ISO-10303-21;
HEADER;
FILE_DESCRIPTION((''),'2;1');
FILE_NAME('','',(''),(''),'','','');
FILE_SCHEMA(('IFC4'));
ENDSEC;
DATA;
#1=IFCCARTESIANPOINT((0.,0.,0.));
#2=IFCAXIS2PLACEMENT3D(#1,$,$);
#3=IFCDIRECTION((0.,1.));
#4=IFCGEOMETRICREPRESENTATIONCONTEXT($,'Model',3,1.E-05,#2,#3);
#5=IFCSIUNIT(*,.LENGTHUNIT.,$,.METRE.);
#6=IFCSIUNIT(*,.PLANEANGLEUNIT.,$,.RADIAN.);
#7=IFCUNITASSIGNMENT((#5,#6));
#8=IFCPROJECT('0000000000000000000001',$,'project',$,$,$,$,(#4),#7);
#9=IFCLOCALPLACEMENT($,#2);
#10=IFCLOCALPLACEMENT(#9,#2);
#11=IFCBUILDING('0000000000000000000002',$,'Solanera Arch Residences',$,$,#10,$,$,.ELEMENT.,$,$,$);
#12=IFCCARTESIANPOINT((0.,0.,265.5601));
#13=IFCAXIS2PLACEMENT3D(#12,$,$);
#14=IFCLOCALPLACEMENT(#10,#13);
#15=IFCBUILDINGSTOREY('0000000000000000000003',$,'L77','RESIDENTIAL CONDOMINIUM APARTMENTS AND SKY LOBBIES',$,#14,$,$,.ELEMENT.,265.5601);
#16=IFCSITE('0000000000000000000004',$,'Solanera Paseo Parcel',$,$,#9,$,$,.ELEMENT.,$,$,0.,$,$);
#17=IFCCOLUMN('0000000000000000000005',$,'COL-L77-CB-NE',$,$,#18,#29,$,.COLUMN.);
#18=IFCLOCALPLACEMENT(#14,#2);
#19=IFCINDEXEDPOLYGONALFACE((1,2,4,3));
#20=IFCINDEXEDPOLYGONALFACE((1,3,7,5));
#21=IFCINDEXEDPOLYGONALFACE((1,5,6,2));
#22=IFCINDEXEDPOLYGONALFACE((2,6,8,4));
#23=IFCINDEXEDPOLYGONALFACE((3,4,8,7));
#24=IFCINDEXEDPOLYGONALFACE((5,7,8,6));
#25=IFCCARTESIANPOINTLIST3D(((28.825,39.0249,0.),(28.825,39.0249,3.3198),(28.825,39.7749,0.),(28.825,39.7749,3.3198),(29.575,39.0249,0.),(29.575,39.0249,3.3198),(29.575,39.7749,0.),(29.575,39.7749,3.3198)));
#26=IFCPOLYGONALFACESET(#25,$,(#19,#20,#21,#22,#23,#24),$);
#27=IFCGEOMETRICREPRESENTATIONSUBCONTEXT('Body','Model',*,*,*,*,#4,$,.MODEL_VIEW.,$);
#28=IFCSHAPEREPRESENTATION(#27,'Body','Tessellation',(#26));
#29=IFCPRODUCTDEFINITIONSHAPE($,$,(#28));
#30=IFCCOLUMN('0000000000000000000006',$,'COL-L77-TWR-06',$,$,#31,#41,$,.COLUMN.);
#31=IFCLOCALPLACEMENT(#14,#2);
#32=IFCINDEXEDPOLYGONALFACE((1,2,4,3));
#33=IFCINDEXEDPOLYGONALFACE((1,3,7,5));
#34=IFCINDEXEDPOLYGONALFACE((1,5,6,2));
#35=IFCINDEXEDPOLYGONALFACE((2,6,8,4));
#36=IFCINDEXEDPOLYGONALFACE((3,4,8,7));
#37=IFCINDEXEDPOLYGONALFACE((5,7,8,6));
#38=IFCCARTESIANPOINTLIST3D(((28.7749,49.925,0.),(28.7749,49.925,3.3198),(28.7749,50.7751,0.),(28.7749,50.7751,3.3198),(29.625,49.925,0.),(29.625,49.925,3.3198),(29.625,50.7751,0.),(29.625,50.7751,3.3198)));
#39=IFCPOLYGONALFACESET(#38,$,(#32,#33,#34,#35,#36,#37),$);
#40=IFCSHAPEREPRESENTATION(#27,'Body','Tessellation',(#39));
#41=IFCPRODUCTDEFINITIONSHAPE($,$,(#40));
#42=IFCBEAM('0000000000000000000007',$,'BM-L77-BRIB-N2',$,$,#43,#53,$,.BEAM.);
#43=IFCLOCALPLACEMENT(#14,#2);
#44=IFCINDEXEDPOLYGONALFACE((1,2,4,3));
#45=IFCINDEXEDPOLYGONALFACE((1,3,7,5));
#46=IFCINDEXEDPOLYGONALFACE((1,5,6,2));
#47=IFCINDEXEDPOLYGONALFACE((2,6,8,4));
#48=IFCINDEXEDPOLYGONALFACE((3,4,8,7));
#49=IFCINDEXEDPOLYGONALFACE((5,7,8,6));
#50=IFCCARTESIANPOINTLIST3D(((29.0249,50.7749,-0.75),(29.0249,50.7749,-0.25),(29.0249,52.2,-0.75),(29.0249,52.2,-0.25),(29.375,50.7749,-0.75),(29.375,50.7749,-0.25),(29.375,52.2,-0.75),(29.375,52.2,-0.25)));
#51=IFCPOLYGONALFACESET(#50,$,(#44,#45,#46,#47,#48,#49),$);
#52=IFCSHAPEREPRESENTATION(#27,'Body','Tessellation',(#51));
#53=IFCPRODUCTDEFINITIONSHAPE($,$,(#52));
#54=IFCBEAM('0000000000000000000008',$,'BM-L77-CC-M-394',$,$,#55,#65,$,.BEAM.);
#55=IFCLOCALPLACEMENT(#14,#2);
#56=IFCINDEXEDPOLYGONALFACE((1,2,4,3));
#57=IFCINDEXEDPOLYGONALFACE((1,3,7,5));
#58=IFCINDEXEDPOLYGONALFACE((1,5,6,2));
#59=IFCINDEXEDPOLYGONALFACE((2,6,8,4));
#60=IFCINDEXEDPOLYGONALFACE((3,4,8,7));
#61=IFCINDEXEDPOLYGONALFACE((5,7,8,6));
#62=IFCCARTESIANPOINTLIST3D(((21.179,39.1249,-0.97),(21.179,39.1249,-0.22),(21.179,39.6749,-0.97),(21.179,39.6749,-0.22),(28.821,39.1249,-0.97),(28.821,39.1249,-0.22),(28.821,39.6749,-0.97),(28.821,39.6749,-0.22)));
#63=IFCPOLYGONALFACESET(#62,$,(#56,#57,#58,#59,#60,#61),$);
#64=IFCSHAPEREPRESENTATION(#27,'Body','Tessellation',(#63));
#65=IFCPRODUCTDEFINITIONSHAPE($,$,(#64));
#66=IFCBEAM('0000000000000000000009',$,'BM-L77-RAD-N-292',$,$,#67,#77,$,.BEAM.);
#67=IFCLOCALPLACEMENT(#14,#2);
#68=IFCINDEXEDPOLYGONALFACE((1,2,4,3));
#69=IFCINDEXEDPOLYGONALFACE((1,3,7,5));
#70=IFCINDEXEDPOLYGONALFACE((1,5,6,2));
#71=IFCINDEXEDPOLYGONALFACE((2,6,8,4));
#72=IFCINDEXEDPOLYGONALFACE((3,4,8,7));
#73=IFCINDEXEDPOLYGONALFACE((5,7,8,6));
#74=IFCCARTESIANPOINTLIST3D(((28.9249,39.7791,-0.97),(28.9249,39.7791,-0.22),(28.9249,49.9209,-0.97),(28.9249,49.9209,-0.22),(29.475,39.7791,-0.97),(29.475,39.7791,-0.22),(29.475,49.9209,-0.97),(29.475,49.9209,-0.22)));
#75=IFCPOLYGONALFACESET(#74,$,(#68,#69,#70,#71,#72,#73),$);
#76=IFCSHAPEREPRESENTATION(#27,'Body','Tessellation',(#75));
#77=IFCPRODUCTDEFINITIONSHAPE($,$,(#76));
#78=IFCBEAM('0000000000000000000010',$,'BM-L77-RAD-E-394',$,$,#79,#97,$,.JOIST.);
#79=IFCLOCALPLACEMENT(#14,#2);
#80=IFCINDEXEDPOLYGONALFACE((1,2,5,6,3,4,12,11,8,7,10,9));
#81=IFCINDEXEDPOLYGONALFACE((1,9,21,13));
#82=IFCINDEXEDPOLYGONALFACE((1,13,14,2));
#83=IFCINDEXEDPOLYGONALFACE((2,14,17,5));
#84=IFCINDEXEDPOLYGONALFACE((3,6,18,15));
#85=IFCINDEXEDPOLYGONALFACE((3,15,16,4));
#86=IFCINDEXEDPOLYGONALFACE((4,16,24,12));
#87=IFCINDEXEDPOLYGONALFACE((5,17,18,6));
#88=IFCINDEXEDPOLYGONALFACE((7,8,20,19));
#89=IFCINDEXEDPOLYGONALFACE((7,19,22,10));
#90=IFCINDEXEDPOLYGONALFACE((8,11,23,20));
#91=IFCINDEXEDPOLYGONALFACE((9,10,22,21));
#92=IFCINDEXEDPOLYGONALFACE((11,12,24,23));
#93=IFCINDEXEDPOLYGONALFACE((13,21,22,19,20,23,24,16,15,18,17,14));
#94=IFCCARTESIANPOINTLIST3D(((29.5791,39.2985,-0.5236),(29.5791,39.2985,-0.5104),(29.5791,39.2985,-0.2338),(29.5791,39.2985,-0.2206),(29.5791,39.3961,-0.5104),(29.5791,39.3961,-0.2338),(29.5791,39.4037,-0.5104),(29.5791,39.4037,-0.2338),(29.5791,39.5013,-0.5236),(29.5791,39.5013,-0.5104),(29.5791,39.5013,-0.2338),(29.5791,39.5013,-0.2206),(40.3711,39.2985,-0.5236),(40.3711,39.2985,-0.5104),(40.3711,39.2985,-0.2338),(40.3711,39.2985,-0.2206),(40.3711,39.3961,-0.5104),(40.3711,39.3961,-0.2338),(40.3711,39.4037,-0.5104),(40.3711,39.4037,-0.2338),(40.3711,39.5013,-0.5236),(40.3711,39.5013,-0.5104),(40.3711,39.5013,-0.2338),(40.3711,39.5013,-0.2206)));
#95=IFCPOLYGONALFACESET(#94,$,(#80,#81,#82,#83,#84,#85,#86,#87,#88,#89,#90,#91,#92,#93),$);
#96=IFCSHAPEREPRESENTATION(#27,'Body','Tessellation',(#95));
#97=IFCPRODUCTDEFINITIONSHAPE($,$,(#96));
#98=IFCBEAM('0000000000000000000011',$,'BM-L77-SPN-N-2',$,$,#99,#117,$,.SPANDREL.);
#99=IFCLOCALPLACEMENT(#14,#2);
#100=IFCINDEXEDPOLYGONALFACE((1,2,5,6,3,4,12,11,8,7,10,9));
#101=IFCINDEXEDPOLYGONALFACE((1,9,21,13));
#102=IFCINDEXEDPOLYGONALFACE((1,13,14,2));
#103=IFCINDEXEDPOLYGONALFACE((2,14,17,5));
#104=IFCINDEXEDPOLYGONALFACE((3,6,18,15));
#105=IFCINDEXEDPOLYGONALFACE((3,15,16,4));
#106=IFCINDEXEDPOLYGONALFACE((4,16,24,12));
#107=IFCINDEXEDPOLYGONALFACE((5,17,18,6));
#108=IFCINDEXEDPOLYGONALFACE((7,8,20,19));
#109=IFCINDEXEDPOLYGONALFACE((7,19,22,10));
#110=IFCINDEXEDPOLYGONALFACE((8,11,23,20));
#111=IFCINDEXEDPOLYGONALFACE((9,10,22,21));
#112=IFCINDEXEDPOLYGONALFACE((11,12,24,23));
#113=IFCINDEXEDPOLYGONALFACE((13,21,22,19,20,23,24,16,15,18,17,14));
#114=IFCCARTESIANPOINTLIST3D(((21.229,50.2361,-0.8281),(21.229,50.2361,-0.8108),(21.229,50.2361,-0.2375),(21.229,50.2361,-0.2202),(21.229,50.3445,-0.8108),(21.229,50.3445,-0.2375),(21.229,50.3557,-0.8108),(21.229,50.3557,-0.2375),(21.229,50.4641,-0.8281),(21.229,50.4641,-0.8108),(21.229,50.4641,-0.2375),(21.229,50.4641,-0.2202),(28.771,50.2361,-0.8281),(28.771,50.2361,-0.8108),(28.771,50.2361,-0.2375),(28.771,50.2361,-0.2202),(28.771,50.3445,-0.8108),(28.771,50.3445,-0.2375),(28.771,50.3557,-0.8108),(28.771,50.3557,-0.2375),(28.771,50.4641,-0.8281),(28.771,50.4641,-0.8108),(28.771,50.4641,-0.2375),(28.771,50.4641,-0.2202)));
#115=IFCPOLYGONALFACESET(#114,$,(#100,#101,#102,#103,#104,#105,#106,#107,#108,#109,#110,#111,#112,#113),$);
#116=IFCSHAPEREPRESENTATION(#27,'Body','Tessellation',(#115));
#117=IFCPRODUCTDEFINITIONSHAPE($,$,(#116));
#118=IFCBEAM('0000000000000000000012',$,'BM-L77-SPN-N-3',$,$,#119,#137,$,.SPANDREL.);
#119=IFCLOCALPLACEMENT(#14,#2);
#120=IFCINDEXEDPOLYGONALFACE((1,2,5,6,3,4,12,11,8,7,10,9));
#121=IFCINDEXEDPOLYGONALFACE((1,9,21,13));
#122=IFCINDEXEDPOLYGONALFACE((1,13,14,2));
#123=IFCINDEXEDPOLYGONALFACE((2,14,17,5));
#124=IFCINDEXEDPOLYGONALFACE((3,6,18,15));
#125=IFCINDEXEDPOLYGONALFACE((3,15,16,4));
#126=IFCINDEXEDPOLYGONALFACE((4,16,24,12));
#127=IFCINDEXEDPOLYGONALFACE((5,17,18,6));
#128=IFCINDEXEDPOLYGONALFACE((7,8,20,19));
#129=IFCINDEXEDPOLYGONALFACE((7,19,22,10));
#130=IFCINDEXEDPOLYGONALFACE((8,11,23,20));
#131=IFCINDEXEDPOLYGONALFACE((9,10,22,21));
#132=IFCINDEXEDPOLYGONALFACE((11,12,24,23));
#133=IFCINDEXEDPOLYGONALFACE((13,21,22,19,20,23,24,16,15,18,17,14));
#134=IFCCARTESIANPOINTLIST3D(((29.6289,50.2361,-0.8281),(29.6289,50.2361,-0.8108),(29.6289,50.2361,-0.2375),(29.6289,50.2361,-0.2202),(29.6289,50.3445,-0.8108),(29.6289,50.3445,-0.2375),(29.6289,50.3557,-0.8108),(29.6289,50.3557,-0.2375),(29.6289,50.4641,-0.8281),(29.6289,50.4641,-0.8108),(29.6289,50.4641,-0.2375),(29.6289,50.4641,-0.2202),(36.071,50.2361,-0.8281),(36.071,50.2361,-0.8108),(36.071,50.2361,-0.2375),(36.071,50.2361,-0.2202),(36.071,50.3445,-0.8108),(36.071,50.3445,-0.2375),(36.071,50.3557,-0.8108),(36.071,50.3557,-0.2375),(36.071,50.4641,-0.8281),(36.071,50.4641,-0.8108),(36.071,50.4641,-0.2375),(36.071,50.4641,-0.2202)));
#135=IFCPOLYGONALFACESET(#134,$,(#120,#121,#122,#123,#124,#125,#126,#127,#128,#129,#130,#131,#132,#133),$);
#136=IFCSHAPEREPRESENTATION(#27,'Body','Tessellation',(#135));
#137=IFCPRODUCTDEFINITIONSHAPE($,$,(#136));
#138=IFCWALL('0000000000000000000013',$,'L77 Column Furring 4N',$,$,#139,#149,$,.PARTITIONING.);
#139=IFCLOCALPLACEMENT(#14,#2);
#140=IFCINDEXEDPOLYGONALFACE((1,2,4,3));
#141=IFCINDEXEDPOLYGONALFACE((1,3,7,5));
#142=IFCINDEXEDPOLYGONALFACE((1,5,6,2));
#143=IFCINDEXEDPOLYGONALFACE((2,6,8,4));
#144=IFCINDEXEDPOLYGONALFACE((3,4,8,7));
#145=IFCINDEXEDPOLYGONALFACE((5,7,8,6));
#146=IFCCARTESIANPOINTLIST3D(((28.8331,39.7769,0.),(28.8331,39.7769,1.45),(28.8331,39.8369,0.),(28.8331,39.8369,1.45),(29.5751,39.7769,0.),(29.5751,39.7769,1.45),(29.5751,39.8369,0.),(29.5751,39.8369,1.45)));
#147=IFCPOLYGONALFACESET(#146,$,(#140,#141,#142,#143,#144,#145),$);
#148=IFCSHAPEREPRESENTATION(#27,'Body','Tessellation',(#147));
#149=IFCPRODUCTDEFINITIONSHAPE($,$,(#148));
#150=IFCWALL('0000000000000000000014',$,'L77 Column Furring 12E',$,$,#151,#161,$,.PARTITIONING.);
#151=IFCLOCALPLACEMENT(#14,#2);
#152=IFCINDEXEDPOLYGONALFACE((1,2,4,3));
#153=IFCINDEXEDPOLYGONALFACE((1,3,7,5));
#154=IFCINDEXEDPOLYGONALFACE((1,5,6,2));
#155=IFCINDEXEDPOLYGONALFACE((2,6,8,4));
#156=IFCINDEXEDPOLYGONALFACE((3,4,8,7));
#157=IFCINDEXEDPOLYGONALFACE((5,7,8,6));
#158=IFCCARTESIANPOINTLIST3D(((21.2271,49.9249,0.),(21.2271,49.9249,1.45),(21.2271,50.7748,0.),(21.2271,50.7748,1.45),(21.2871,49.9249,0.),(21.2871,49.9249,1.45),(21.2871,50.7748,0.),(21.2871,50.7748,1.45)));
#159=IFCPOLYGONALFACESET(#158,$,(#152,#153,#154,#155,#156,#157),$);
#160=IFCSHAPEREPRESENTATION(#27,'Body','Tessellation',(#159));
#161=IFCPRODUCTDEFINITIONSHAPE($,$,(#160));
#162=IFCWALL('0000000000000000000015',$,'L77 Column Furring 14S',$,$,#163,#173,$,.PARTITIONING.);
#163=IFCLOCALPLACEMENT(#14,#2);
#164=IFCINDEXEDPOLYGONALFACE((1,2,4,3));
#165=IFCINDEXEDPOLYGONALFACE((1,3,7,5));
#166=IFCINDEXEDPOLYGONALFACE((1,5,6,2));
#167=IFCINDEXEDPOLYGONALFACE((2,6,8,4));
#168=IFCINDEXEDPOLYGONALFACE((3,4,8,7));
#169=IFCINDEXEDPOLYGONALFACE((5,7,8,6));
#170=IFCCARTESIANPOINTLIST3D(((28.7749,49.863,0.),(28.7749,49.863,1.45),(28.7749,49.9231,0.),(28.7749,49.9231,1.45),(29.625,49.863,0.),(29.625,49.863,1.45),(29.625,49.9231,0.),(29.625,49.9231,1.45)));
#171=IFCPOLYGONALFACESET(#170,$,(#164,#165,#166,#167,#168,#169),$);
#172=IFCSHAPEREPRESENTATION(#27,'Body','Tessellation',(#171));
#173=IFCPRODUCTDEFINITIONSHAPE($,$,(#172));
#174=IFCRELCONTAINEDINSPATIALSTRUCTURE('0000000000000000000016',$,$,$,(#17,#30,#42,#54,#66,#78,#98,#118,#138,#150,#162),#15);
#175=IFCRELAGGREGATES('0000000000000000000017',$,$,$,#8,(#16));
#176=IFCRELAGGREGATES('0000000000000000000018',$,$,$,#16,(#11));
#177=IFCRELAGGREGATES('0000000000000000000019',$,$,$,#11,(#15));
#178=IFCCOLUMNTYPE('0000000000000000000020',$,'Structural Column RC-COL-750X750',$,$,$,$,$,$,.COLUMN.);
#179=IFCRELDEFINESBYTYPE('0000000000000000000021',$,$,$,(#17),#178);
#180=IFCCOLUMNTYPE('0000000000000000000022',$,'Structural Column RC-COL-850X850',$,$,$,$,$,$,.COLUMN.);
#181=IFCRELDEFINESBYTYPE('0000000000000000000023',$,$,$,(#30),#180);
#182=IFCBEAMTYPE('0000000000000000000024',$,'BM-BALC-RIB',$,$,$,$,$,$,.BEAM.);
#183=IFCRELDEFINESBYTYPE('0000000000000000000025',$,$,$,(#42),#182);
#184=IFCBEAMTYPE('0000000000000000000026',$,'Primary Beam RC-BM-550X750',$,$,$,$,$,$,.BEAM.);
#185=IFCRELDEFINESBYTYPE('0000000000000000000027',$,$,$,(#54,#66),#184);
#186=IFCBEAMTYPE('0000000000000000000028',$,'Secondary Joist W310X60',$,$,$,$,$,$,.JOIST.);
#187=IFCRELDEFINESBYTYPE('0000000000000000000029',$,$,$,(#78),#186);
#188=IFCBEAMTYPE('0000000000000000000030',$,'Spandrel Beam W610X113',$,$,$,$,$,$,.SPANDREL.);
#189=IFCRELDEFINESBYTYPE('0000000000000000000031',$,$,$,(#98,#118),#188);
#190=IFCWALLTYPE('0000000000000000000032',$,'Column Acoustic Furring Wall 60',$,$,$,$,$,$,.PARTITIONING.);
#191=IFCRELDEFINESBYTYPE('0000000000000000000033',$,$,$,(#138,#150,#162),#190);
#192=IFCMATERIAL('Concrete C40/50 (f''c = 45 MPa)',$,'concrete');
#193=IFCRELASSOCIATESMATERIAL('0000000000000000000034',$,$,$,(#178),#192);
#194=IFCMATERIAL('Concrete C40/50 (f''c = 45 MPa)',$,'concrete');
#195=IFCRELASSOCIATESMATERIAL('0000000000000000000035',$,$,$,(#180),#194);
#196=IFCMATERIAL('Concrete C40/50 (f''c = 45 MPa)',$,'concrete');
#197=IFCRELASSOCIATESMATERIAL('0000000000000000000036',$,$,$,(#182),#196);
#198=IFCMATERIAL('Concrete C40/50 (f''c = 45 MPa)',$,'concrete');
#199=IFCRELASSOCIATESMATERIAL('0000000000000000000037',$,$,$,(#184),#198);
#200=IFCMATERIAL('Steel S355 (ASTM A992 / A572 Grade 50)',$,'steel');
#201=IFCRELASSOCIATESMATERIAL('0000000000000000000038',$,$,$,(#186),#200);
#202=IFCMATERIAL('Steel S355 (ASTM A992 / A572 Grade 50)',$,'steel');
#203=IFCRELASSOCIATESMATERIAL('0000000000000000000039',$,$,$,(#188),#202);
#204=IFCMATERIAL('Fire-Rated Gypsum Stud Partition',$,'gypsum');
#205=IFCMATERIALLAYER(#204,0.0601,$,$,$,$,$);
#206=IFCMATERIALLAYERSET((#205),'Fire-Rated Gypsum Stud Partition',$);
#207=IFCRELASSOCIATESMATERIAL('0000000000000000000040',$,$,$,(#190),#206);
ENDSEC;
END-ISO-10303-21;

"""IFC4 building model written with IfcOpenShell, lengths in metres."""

from ifc_helpers import new_model, si_unit, direction, frame, frame_2d, origin, origin_2d, place, context, subcontext, project, spatial, rectangle, i_section, extrude, material, layer, layer_set, material_profile, profile_set, type_object, element, save


model = new_model("IFC4")

# Units and contexts
model_context = context("Model", 3, precision=1e-05, world=origin(), true_north=direction((0.0, 1.0)))
body_context = subcontext(model_context, "Body", "Model", "MODEL_VIEW")
ifc_project = project(units=[si_unit("LENGTHUNIT", "METRE"), si_unit("PLANEANGLEUNIT", "RADIAN")], contexts=[model_context])

# Site, building, storey
site_placement = place(None, origin())
site = spatial("IfcSite", under=ifc_project, at=site_placement, Name="Solanera Paseo Parcel", CompositionType="ELEMENT", RefElevation=0.0)
building_placement = place(site_placement, origin())
building = spatial("IfcBuilding", under=site, at=building_placement, Name="Solanera Arch Residences", CompositionType="ELEMENT")
storey_placement = place(building_placement, frame((0.0, 0.0, 265.5601)))
storey = spatial("IfcBuildingStorey", under=building, at=storey_placement, Name="L77", Description="RESIDENTIAL CONDOMINIUM APARTMENTS AND SKY LOBBIES", CompositionType="ELEMENT", Elevation=265.5601)

# Columns
ifc_material_1 = material(Name="Concrete C40/50 (f'c = 45 MPa)", Category="concrete")
ifc_material_profile_1 = material_profile(ifc_material_1, rectangle(XDim=0.75, YDim=0.75, at=origin_2d()))
ifc_profile_set_1 = profile_set([ifc_material_profile_1], Name="Concrete C40/50 (f'c = 45 MPa)")
column_type_1 = type_object("IfcColumnType", Name="Structural Column RC-COL-750X750", PredefinedType="COLUMN", material=ifc_profile_set_1)
column_1_placement = place(storey_placement, frame((29.2, 39.3999, 0.0), z_axis=(0.0, 0.0, 1.0), x_axis=(1.0, 0.0, 0.0)))
element("IfcColumn", 1, at=column_1_placement, inside=storey, type_object=column_type_1, Name="COL-L77-CB-NE", PredefinedType="COLUMN", context=body_context, shape_type="SweptSolid", body=[
    extrude(rectangle(XDim=0.75, YDim=0.75, at=origin_2d()), origin(), (0.0, 0.0, 1.0), 3.3198),
])
ifc_material_2 = material(Name="Concrete C40/50 (f'c = 45 MPa)", Category="concrete")
ifc_material_profile_2 = material_profile(ifc_material_2, rectangle(XDim=0.8501, YDim=0.8501, at=origin_2d()))
ifc_profile_set_2 = profile_set([ifc_material_profile_2], Name="Concrete C40/50 (f'c = 45 MPa)")
column_type_2 = type_object("IfcColumnType", Name="Structural Column RC-COL-850X850", PredefinedType="COLUMN", material=ifc_profile_set_2)
column_2_placement = place(storey_placement, frame((29.2, 50.3501, 0.0), z_axis=(0.0, 0.0, 1.0), x_axis=(1.0, 0.0, 0.0)))
element("IfcColumn", 2, at=column_2_placement, inside=storey, type_object=column_type_2, Name="COL-L77-TWR-06", PredefinedType="COLUMN", context=body_context, shape_type="SweptSolid", body=[
    extrude(rectangle(XDim=0.8501, YDim=0.8501, at=origin_2d()), origin(), (0.0, 0.0, 1.0), 3.3198),
])

# Beams
ifc_material_3 = material(Name="Concrete C40/50 (f'c = 45 MPa)", Category="concrete")
ifc_material_profile_3 = material_profile(ifc_material_3, rectangle(XDim=0.3501, YDim=0.5, at=origin_2d()))
ifc_profile_set_3 = profile_set([ifc_material_profile_3], Name="Concrete C40/50 (f'c = 45 MPa)")
beam_type_1 = type_object("IfcBeamType", Name="BM-BALC-RIB", PredefinedType="BEAM", material=ifc_profile_set_3)
beam_1_placement = place(storey_placement, frame((29.2, 50.7749, -0.5), z_axis=(0.0, 1.0, 0.0), x_axis=(-1.0, 0.0, 0.0)))
element("IfcBeam", 3, at=beam_1_placement, inside=storey, type_object=beam_type_1, Name="BM-L77-BRIB-N2", PredefinedType="BEAM", context=body_context, shape_type="SweptSolid", body=[
    extrude(rectangle(XDim=0.3501, YDim=0.5, at=origin_2d()), origin(), (0.0, 0.0, 1.0), 1.425),
])
ifc_material_4 = material(Name="Concrete C40/50 (f'c = 45 MPa)", Category="concrete")
ifc_material_profile_4 = material_profile(ifc_material_4, rectangle(XDim=0.55, YDim=0.75, at=origin_2d()))
ifc_profile_set_4 = profile_set([ifc_material_profile_4], Name="Concrete C40/50 (f'c = 45 MPa)")
beam_type_2 = type_object("IfcBeamType", Name="Primary Beam RC-BM-550X750", PredefinedType="BEAM", material=ifc_profile_set_4)
beam_2_placement = place(storey_placement, frame((21.179, 39.3999, -0.595), z_axis=(1.0, 0.0, 0.0), x_axis=(0.0, 1.0, 0.0)))
element("IfcBeam", 4, at=beam_2_placement, inside=storey, type_object=beam_type_2, Name="BM-L77-CC-M-394", PredefinedType="BEAM", context=body_context, shape_type="SweptSolid", body=[
    extrude(rectangle(XDim=0.55, YDim=0.75, at=origin_2d()), origin(), (0.0, 0.0, 1.0), 7.6421),
])
beam_3_placement = place(storey_placement, frame((29.2, 39.7791, -0.595), z_axis=(0.0, 1.0, 0.0), x_axis=(-1.0, 0.0, 0.0)))
element("IfcBeam", 5, at=beam_3_placement, inside=storey, type_object=beam_type_2, Name="BM-L77-RAD-N-292", PredefinedType="BEAM", context=body_context, shape_type="SweptSolid", body=[
    extrude(rectangle(XDim=0.55, YDim=0.75, at=origin_2d()), origin(), (0.0, 0.0, 1.0), 10.1418),
])
ifc_material_5 = material(Name="Steel S355 (ASTM A992 / A572 Grade 50)", Category="steel")
ifc_material_profile_5 = material_profile(ifc_material_5, i_section(OverallWidth=0.2029, OverallDepth=0.303, WebThickness=0.0076, FlangeThickness=0.0132, at=origin_2d()))
ifc_profile_set_5 = profile_set([ifc_material_profile_5], Name="Steel S355 (ASTM A992 / A572 Grade 50)")
beam_type_3 = type_object("IfcBeamType", Name="Secondary Joist W310X60", PredefinedType="JOIST", material=ifc_profile_set_5)
beam_4_placement = place(storey_placement, frame((29.5791, 39.3999, -0.3721), z_axis=(1.0, 0.0, 0.0), x_axis=(0.0, 1.0, 0.0)))
element("IfcBeam", 6, at=beam_4_placement, inside=storey, type_object=beam_type_3, Name="BM-L77-RAD-E-394", PredefinedType="JOIST", context=body_context, shape_type="SweptSolid", body=[
    extrude(i_section(OverallWidth=0.2029, OverallDepth=0.303, WebThickness=0.0076, FlangeThickness=0.0132, at=origin_2d()), origin(), (0.0, 0.0, 1.0), 10.792),
])
ifc_material_6 = material(Name="Steel S355 (ASTM A992 / A572 Grade 50)", Category="steel")
ifc_material_profile_6 = material_profile(ifc_material_6, i_section(OverallWidth=0.228, OverallDepth=0.6079, WebThickness=0.0112, FlangeThickness=0.0173, at=origin_2d()))
ifc_profile_set_6 = profile_set([ifc_material_profile_6], Name="Steel S355 (ASTM A992 / A572 Grade 50)")
beam_type_4 = type_object("IfcBeamType", Name="Spandrel Beam W610X113", PredefinedType="SPANDREL", material=ifc_profile_set_6)
beam_5_placement = place(storey_placement, frame((21.229, 50.3501, -0.5242), z_axis=(1.0, 0.0, 0.0), x_axis=(0.0, 1.0, 0.0)))
element("IfcBeam", 7, at=beam_5_placement, inside=storey, type_object=beam_type_4, Name="BM-L77-SPN-N-2", PredefinedType="SPANDREL", context=body_context, shape_type="SweptSolid", body=[
    extrude(i_section(OverallWidth=0.228, OverallDepth=0.6079, WebThickness=0.0112, FlangeThickness=0.0173, at=origin_2d()), origin(), (0.0, 0.0, 1.0), 7.542),
])
beam_6_placement = place(storey_placement, frame((29.6289, 50.3501, -0.5242), z_axis=(1.0, 0.0, 0.0), x_axis=(0.0, 1.0, 0.0)))
element("IfcBeam", 8, at=beam_6_placement, inside=storey, type_object=beam_type_4, Name="BM-L77-SPN-N-3", PredefinedType="SPANDREL", context=body_context, shape_type="SweptSolid", body=[
    extrude(i_section(OverallWidth=0.228, OverallDepth=0.6079, WebThickness=0.0112, FlangeThickness=0.0173, at=origin_2d()), origin(), (0.0, 0.0, 1.0), 6.4421),
])

# Walls
ifc_material_7 = material(Name="Fire-Rated Gypsum Stud Partition", Category="gypsum")
ifc_layer_1 = layer(ifc_material_7, 0.0601)
ifc_layer_set_1 = layer_set([ifc_layer_1], Name="Fire-Rated Gypsum Stud Partition")
wall_type_1 = type_object("IfcWallType", Name="Column Acoustic Furring Wall 60", PredefinedType="PARTITIONING", material=ifc_layer_set_1)
wall_1_placement = place(storey_placement, frame((28.833, 39.8069, 0.0), z_axis=(0.0, 0.0, 1.0), x_axis=(1.0, 0.0, 0.0)))
element("IfcWall", 9, at=wall_1_placement, inside=storey, type_object=wall_type_1, Name="L77 Column Furring 4N", PredefinedType="PARTITIONING", context=body_context, shape_type="SweptSolid", body=[
    extrude(rectangle(XDim=0.7419, YDim=0.0601, at=frame_2d((0.3711, 0.0))), origin(), (0.0, 0.0, 1.0), 1.45),
])
wall_2_placement = place(storey_placement, frame((21.2571, 49.925, 0.0), z_axis=(0.0, 0.0, 1.0), x_axis=(0.0, 1.0, 0.0)))
element("IfcWall", 10, at=wall_2_placement, inside=storey, type_object=wall_type_1, Name="L77 Column Furring 12E", PredefinedType="PARTITIONING", context=body_context, shape_type="SweptSolid", body=[
    extrude(rectangle(XDim=0.8499, YDim=0.0601, at=frame_2d((0.4248, 0.0))), origin(), (0.0, 0.0, 1.0), 1.45),
])
for number, where, z_axis, x_axis, name in (
    (11, (28.7749, 49.8931, 0.0), (0.0, 0.0, 1.0), (1.0, 0.0, 0.0), "L77 Column Furring 14S"),
):
    element("IfcWall", number, at=place(storey_placement, frame(where, z_axis=z_axis, x_axis=x_axis)), inside=storey, type_object=wall_type_1, Name=name, PredefinedType="PARTITIONING", context=body_context, shape_type="SweptSolid", body=[
        extrude(rectangle(XDim=0.8501, YDim=0.0601, at=frame_2d((0.425, 0.0))), origin(), (0.0, 0.0, 1.0), 1.45),
    ])

save(model, "model.ifc")
